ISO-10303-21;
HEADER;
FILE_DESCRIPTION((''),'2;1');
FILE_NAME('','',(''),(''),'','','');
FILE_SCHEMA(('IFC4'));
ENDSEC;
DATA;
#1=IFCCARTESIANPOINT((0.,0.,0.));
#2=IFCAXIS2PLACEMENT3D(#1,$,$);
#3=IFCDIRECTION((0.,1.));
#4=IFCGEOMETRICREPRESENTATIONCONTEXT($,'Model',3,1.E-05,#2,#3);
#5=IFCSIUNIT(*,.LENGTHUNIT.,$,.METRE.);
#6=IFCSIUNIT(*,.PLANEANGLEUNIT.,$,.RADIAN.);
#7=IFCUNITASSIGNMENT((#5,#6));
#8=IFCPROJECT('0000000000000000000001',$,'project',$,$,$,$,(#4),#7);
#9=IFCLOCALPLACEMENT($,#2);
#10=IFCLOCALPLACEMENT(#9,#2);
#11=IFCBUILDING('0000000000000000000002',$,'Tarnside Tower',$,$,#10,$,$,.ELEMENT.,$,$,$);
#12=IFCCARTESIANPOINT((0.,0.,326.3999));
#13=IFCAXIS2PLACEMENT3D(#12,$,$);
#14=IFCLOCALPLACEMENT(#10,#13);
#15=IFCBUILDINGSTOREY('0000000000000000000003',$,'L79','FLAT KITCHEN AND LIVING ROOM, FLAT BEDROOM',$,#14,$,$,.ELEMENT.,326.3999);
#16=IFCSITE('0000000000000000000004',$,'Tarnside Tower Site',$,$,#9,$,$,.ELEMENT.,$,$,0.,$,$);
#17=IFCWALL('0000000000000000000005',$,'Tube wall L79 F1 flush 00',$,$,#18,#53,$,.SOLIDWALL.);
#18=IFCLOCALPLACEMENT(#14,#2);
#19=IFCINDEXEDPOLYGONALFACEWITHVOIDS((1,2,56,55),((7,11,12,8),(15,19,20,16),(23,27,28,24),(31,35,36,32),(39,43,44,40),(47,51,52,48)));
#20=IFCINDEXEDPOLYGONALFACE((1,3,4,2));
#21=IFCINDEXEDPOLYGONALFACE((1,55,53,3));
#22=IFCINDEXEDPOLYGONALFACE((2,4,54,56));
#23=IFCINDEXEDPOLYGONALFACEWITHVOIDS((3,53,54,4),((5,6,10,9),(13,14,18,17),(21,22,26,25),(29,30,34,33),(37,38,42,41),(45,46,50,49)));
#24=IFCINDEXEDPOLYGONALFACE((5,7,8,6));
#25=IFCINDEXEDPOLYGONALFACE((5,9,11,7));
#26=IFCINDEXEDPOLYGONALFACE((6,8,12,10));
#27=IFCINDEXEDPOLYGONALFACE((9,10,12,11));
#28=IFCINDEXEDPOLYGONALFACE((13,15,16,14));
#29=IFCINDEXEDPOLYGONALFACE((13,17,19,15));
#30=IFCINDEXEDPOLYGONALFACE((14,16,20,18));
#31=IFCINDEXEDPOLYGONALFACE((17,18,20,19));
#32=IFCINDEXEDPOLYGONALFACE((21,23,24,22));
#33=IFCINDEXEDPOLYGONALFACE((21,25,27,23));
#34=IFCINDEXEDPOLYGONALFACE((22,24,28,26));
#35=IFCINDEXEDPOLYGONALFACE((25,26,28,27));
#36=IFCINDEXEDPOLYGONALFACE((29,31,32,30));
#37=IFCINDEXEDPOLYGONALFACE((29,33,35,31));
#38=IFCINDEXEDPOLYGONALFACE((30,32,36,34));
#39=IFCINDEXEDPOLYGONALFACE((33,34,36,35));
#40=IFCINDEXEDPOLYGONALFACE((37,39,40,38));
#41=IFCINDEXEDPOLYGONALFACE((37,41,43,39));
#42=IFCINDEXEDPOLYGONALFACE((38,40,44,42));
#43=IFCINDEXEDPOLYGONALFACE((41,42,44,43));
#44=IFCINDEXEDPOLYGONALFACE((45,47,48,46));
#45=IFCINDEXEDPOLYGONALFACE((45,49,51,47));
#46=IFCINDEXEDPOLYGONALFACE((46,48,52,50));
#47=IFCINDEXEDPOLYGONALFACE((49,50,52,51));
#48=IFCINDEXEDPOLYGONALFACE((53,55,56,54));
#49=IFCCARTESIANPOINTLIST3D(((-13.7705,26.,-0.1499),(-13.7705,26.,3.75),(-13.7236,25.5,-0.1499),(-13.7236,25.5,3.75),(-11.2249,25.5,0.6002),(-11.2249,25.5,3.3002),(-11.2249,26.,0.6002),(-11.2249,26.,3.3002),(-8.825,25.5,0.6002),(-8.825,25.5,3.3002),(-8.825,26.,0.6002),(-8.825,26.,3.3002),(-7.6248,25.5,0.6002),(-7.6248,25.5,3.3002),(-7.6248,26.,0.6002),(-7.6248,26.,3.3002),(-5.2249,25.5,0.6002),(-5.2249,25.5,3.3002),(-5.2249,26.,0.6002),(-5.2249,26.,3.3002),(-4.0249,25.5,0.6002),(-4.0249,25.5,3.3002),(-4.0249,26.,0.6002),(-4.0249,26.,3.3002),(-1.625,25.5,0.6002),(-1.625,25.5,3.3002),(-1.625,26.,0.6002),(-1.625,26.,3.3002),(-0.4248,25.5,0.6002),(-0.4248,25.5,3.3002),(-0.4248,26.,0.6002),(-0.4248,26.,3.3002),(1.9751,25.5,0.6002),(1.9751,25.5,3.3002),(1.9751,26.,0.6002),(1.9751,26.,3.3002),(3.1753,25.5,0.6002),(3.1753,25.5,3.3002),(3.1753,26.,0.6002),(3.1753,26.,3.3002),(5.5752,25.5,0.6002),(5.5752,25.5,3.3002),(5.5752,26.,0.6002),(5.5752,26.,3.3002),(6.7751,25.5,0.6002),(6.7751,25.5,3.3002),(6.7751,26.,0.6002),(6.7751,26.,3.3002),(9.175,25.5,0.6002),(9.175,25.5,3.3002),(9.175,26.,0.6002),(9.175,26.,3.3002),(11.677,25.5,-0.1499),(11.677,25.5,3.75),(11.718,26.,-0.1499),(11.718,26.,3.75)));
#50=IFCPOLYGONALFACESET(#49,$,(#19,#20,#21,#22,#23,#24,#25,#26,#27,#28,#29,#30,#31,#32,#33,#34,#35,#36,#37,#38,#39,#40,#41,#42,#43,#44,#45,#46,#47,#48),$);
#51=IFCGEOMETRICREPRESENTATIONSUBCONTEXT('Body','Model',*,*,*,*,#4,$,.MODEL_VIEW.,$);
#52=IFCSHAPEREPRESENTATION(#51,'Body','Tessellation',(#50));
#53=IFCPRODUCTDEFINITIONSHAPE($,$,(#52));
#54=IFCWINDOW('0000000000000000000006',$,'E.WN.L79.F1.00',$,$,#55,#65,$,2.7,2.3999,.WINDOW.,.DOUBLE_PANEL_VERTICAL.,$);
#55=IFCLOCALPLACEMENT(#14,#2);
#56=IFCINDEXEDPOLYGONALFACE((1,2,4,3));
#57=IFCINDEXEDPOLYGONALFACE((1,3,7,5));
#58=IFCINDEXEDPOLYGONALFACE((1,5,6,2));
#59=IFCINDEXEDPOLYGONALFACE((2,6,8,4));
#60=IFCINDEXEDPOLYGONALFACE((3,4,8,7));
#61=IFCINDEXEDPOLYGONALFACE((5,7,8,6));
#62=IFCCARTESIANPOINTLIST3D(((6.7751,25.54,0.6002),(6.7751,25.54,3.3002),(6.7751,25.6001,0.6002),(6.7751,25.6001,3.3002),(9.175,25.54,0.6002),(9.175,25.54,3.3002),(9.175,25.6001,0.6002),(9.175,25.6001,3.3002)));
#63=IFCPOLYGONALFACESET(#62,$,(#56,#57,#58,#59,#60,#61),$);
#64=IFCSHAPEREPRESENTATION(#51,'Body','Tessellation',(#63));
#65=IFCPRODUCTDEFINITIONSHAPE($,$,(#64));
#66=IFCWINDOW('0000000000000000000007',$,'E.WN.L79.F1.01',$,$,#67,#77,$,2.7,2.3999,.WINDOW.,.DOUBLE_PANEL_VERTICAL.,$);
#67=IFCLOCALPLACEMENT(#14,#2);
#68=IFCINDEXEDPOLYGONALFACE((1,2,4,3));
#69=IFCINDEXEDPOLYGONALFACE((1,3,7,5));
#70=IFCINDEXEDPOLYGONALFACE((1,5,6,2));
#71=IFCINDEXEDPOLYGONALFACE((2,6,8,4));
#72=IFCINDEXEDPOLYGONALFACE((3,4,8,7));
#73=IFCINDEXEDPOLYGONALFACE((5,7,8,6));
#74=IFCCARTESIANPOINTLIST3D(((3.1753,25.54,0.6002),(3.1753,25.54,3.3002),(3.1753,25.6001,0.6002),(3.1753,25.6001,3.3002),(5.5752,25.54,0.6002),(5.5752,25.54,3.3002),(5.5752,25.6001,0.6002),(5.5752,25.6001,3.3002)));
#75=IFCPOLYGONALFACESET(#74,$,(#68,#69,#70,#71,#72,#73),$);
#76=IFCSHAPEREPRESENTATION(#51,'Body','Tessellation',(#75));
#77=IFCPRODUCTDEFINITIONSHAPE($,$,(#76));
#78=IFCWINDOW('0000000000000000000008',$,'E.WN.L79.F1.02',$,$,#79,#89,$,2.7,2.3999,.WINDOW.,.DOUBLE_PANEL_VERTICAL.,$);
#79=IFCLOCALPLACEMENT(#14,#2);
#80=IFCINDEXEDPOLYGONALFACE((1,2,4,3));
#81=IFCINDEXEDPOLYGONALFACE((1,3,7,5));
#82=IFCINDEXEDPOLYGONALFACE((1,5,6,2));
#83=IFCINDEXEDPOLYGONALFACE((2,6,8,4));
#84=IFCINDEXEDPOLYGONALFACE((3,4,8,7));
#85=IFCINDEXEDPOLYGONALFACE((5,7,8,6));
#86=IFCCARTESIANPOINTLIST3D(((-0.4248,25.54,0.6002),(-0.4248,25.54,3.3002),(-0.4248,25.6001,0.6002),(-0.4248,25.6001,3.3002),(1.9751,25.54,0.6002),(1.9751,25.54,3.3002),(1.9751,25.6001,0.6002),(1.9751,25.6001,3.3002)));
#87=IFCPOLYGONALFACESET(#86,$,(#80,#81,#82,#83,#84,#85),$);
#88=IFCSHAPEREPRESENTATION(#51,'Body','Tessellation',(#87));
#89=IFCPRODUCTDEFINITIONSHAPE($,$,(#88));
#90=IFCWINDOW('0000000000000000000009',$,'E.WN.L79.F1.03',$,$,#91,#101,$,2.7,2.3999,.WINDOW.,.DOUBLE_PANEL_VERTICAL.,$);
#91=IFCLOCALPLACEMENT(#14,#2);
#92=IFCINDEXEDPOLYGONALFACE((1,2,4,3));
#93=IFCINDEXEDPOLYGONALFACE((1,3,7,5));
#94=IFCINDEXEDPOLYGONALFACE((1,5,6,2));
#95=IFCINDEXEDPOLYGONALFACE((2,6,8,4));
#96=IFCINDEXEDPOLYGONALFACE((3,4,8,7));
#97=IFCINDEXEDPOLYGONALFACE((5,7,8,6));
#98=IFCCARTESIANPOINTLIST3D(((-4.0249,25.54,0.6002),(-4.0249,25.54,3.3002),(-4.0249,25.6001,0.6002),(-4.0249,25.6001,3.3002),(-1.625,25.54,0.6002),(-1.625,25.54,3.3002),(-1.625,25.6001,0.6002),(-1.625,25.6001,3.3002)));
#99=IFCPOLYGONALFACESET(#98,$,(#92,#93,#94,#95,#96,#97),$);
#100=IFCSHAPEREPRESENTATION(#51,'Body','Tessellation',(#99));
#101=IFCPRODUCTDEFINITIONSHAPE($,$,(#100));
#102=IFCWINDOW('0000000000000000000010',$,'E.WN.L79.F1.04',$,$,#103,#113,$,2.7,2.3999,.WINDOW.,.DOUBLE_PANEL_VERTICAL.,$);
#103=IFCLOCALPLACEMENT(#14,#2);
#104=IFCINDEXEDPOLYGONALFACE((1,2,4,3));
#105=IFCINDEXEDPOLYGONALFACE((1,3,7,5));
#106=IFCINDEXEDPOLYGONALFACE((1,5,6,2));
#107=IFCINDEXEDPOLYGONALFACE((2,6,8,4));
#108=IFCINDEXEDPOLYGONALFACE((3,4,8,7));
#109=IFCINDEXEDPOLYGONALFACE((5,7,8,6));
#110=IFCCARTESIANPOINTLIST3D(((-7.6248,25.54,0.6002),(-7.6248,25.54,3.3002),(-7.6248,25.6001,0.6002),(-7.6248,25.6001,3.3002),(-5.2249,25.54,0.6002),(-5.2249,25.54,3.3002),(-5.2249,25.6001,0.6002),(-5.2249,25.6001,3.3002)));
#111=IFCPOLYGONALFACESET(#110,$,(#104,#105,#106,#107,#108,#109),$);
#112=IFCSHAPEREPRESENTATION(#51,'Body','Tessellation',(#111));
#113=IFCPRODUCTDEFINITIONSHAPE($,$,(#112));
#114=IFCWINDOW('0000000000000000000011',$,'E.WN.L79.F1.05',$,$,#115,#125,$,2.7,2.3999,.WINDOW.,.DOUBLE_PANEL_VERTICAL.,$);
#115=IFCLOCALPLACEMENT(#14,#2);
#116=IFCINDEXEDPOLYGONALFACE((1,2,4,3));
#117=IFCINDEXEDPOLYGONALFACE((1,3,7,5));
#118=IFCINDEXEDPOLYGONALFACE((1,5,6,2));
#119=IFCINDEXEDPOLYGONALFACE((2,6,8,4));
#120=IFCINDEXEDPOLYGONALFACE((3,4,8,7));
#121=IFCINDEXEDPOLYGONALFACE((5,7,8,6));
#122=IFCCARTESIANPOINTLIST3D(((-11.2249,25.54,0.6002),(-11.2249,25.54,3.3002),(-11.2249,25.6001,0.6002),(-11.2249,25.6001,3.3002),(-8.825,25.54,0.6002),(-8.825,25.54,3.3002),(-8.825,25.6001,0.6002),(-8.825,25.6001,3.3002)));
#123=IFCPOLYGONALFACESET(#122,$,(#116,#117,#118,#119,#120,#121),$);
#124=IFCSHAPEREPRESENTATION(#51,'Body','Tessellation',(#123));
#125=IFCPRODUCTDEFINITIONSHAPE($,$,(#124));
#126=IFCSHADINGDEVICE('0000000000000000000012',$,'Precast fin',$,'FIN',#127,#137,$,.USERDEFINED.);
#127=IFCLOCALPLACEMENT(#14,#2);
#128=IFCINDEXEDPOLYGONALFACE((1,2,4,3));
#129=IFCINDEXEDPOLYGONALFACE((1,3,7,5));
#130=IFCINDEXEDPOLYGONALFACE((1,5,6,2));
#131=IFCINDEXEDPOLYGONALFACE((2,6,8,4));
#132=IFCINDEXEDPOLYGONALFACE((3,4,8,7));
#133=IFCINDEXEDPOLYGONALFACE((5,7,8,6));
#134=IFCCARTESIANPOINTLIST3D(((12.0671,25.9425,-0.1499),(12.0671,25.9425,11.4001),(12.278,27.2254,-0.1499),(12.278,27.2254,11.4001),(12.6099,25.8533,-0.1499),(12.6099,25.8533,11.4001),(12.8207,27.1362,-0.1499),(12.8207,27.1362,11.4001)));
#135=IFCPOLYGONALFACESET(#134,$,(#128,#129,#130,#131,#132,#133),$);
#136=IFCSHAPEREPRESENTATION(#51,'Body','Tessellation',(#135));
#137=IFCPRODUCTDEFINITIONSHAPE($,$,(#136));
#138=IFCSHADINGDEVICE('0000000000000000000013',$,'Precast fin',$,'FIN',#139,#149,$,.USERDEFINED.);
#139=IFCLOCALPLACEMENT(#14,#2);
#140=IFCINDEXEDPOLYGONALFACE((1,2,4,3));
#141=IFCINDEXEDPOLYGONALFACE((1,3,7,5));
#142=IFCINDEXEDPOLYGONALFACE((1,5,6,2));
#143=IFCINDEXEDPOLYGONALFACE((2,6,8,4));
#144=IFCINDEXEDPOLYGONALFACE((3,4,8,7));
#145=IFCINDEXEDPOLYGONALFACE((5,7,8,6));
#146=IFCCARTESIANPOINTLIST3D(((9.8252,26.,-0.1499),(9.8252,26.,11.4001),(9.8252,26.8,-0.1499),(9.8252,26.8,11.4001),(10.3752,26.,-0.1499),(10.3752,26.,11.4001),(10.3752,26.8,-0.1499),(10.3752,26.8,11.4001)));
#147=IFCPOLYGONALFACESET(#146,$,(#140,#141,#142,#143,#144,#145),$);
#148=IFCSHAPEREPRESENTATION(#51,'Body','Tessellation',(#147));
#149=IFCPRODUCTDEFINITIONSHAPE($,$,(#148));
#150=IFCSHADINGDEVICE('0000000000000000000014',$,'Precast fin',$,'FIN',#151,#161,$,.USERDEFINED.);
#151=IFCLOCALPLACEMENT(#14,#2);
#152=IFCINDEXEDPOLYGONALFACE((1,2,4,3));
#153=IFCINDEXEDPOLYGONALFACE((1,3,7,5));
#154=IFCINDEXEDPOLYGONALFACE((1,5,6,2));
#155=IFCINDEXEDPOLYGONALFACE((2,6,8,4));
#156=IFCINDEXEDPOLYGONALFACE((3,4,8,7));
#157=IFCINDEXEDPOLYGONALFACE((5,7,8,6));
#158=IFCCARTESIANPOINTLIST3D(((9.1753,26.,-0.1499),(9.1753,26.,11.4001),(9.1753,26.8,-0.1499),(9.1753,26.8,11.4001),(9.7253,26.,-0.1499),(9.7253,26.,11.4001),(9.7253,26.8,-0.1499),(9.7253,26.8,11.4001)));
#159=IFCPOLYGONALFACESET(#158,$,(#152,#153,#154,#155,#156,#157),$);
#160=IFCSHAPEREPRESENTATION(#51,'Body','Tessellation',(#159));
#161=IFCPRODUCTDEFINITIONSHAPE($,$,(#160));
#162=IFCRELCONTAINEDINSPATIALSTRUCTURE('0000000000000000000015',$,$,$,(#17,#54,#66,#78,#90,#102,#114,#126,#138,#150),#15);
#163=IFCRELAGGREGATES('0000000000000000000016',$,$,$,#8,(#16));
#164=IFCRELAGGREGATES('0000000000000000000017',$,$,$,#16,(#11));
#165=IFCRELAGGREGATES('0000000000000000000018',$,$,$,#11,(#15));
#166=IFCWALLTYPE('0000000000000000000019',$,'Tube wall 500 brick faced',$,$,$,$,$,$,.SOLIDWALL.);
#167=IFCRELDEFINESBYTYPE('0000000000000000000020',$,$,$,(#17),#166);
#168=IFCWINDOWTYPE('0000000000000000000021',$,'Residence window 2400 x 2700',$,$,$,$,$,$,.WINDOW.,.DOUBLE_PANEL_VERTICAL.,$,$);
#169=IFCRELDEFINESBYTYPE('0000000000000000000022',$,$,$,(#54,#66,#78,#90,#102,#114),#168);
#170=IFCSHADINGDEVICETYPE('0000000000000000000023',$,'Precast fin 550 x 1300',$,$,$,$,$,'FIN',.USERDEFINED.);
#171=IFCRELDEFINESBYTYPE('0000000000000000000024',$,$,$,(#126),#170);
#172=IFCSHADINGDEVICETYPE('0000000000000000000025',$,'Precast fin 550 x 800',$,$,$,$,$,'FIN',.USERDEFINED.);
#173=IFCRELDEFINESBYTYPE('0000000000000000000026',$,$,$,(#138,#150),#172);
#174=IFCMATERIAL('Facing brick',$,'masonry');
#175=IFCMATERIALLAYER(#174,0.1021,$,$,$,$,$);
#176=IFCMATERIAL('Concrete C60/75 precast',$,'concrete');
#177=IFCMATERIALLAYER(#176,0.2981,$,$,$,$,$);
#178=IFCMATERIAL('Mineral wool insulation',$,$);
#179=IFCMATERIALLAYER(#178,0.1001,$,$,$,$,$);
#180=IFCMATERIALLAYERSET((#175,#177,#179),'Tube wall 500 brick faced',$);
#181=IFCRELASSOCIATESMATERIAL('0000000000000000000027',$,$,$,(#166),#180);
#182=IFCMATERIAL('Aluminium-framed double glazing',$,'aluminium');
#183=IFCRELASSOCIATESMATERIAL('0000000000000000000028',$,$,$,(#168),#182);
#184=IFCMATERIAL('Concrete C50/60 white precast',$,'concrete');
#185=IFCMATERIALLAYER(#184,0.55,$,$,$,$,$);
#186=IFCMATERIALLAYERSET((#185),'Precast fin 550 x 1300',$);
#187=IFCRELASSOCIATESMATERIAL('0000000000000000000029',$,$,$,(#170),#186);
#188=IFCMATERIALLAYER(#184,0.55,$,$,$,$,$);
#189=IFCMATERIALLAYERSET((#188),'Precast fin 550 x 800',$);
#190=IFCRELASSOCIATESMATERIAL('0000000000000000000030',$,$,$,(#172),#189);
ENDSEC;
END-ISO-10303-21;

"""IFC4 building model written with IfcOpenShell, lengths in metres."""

from ifc_helpers import new_model, si_unit, direction, frame, frame_2d, origin, place, context, subcontext, project, spatial, polyline, rectangle, outline, extrude, material, layer, layer_set, type_object, element, fill, save


model = new_model("IFC4")

# Units and contexts
model_context = context("Model", 3, precision=1e-05, world=origin(), true_north=direction((0.0, 1.0)))
body_context = subcontext(model_context, "Body", "Model", "MODEL_VIEW")
ifc_project = project(units=[si_unit("LENGTHUNIT", "METRE"), si_unit("PLANEANGLEUNIT", "RADIAN")], contexts=[model_context])

# Site, building, storey
site_placement = place(None, origin())
site = spatial("IfcSite", under=ifc_project, at=site_placement, Name="Tarnside Tower Site", CompositionType="ELEMENT", RefElevation=0.0)
building_placement = place(site_placement, origin())
building = spatial("IfcBuilding", under=site, at=building_placement, Name="Tarnside Tower", CompositionType="ELEMENT")
storey_placement = place(building_placement, frame((0.0, 0.0, 326.3999)))
storey = spatial("IfcBuildingStorey", under=building, at=storey_placement, Name="L79", Description="FLAT KITCHEN AND LIVING ROOM, FLAT BEDROOM", CompositionType="ELEMENT", Elevation=326.3999)

# Wall, openings, windows
ifc_material_1 = material(Name="Facing brick", Category="masonry")
ifc_layer_1 = layer(ifc_material_1, 0.1021)
ifc_material_2 = material(Name="Concrete C60/75 precast", Category="concrete")
ifc_layer_2 = layer(ifc_material_2, 0.2981)
ifc_material_3 = material(Name="Mineral wool insulation")
ifc_layer_3 = layer(ifc_material_3, 0.1001)
ifc_layer_set_1 = layer_set([ifc_layer_1, ifc_layer_2, ifc_layer_3], Name="Tube wall 500 brick faced")
wall_type_1 = type_object("IfcWallType", Name="Tube wall 500 brick faced", PredefinedType="SOLIDWALL", material=ifc_layer_set_1)
wall_1_placement = place(storey_placement, frame((11.6975, 25.75, -0.1499), z_axis=(0.0, 0.0, 1.0), x_axis=(-1.0, 0.0, 0.0)))
wall_1 = element("IfcWall", 1, at=wall_1_placement, inside=storey, type_object=wall_type_1, Name="Tube wall L79 F1 flush 00", PredefinedType="SOLIDWALL", context=body_context, shape_type="SweptSolid", body=[
    extrude(outline(polyline([(-0.0205, -0.25), (25.468, -0.25), (25.4211, 0.25), (0.0205, 0.25), (-0.0205, -0.25)])), origin(), (0.0, 0.0, 1.0), 3.8999),
])
opening_1_placement = place(wall_1_placement, frame((2.5225, 0.0, 0.75)))
opening_1 = element("IfcOpeningElement", 2, at=opening_1_placement, cuts=wall_1, PredefinedType="OPENING", context=body_context, shape_type="SweptSolid", body=[
    extrude(rectangle(XDim=2.3999, YDim=2.7, at=frame_2d((1.2, 1.3501))), frame((0.0, 0.26, 0.0), z_axis=(0.0, -1.0, 0.0), x_axis=(1.0, 0.0, 0.0)), (0.0, 0.0, 1.0), 0.52),
])
opening_2_placement = place(wall_1_placement, frame((6.1223, 0.0, 0.75)))
opening_2 = element("IfcOpeningElement", 3, at=opening_2_placement, cuts=wall_1, PredefinedType="OPENING", context=body_context, shape_type="SweptSolid", body=[
    extrude(rectangle(XDim=2.3999, YDim=2.7, at=frame_2d((1.2, 1.3501))), frame((0.0, 0.26, 0.0), z_axis=(0.0, -1.0, 0.0), x_axis=(1.0, 0.0, 0.0)), (0.0, 0.0, 1.0), 0.52),
])
opening_3_placement = place(wall_1_placement, frame((9.7224, 0.0, 0.75)))
opening_3 = element("IfcOpeningElement", 4, at=opening_3_placement, cuts=wall_1, PredefinedType="OPENING", context=body_context, shape_type="SweptSolid", body=[
    extrude(rectangle(XDim=2.3999, YDim=2.7, at=frame_2d((1.2, 1.3501))), frame((0.0, 0.26, 0.0), z_axis=(0.0, -1.0, 0.0), x_axis=(1.0, 0.0, 0.0)), (0.0, 0.0, 1.0), 0.52),
])
opening_4_placement = place(wall_1_placement, frame((13.3225, 0.0, 0.75)))
opening_4 = element("IfcOpeningElement", 5, at=opening_4_placement, cuts=wall_1, PredefinedType="OPENING", context=body_context, shape_type="SweptSolid", body=[
    extrude(rectangle(XDim=2.3999, YDim=2.7, at=frame_2d((1.2, 1.3501))), frame((0.0, 0.26, 0.0), z_axis=(0.0, -1.0, 0.0), x_axis=(1.0, 0.0, 0.0)), (0.0, 0.0, 1.0), 0.52),
])
opening_5_placement = place(wall_1_placement, frame((16.9224, 0.0, 0.75)))
opening_5 = element("IfcOpeningElement", 6, at=opening_5_placement, cuts=wall_1, PredefinedType="OPENING", context=body_context, shape_type="SweptSolid", body=[
    extrude(rectangle(XDim=2.3999, YDim=2.7, at=frame_2d((1.2, 1.3501))), frame((0.0, 0.26, 0.0), z_axis=(0.0, -1.0, 0.0), x_axis=(1.0, 0.0, 0.0)), (0.0, 0.0, 1.0), 0.52),
])
opening_6_placement = place(wall_1_placement, frame((20.5225, 0.0, 0.75)))
opening_6 = element("IfcOpeningElement", 7, at=opening_6_placement, cuts=wall_1, PredefinedType="OPENING", context=body_context, shape_type="SweptSolid", body=[
    extrude(rectangle(XDim=2.3999, YDim=2.7, at=frame_2d((1.2, 1.3501))), frame((0.0, 0.26, 0.0), z_axis=(0.0, -1.0, 0.0), x_axis=(1.0, 0.0, 0.0)), (0.0, 0.0, 1.0), 0.52),
])
ifc_material_4 = material(Name="Aluminium-framed double glazing", Category="aluminium")
window_type = type_object("IfcWindowType", Name="Residence window 2400 x 2700", PartitioningType="DOUBLE_PANEL_VERTICAL", PredefinedType="WINDOW", material=ifc_material_4)
window_1_placement = place(opening_1_placement, frame((0.0, 0.1799, 0.0)))
window_1 = element("IfcWindow", 8, at=window_1_placement, inside=storey, type_object=window_type, Name="E.WN.L79.F1.00", OverallHeight=2.7, OverallWidth=2.3999, PartitioningType="DOUBLE_PANEL_VERTICAL", PredefinedType="WINDOW", context=body_context, shape_type="SweptSolid", body=[
    extrude(rectangle(XDim=2.3999, YDim=2.7, at=frame_2d((1.2, 1.3501))), frame((0.0, 0.03, 0.0), z_axis=(0.0, -1.0, 0.0), x_axis=(1.0, 0.0, 0.0)), (0.0, 0.0, 1.0), 0.0601),
])
fill(opening_1, window_1)
window_2_placement = place(opening_2_placement, frame((0.0, 0.1799, 0.0)))
window_2 = element("IfcWindow", 9, at=window_2_placement, inside=storey, type_object=window_type, Name="E.WN.L79.F1.01", OverallHeight=2.7, OverallWidth=2.3999, PartitioningType="DOUBLE_PANEL_VERTICAL", PredefinedType="WINDOW", context=body_context, shape_type="SweptSolid", body=[
    extrude(rectangle(XDim=2.3999, YDim=2.7, at=frame_2d((1.2, 1.3501))), frame((0.0, 0.03, 0.0), z_axis=(0.0, -1.0, 0.0), x_axis=(1.0, 0.0, 0.0)), (0.0, 0.0, 1.0), 0.0601),
])
fill(opening_2, window_2)
window_3_placement = place(opening_3_placement, frame((0.0, 0.1799, 0.0)))
window_3 = element("IfcWindow", 10, at=window_3_placement, inside=storey, type_object=window_type, Name="E.WN.L79.F1.02", OverallHeight=2.7, OverallWidth=2.3999, PartitioningType="DOUBLE_PANEL_VERTICAL", PredefinedType="WINDOW", context=body_context, shape_type="SweptSolid", body=[
    extrude(rectangle(XDim=2.3999, YDim=2.7, at=frame_2d((1.2, 1.3501))), frame((0.0, 0.03, 0.0), z_axis=(0.0, -1.0, 0.0), x_axis=(1.0, 0.0, 0.0)), (0.0, 0.0, 1.0), 0.0601),
])
fill(opening_3, window_3)
window_4_placement = place(opening_4_placement, frame((0.0, 0.1799, 0.0)))
window_4 = element("IfcWindow", 11, at=window_4_placement, inside=storey, type_object=window_type, Name="E.WN.L79.F1.03", OverallHeight=2.7, OverallWidth=2.3999, PartitioningType="DOUBLE_PANEL_VERTICAL", PredefinedType="WINDOW", context=body_context, shape_type="SweptSolid", body=[
    extrude(rectangle(XDim=2.3999, YDim=2.7, at=frame_2d((1.2, 1.3501))), frame((0.0, 0.03, 0.0), z_axis=(0.0, -1.0, 0.0), x_axis=(1.0, 0.0, 0.0)), (0.0, 0.0, 1.0), 0.0601),
])
fill(opening_4, window_4)
window_5_placement = place(opening_5_placement, frame((0.0, 0.1799, 0.0)))
window_5 = element("IfcWindow", 12, at=window_5_placement, inside=storey, type_object=window_type, Name="E.WN.L79.F1.04", OverallHeight=2.7, OverallWidth=2.3999, PartitioningType="DOUBLE_PANEL_VERTICAL", PredefinedType="WINDOW", context=body_context, shape_type="SweptSolid", body=[
    extrude(rectangle(XDim=2.3999, YDim=2.7, at=frame_2d((1.2, 1.3501))), frame((0.0, 0.03, 0.0), z_axis=(0.0, -1.0, 0.0), x_axis=(1.0, 0.0, 0.0)), (0.0, 0.0, 1.0), 0.0601),
])
fill(opening_5, window_5)
window_6_placement = place(opening_6_placement, frame((0.0, 0.1799, 0.0)))
window_6 = element("IfcWindow", 13, at=window_6_placement, inside=storey, type_object=window_type, Name="E.WN.L79.F1.05", OverallHeight=2.7, OverallWidth=2.3999, PartitioningType="DOUBLE_PANEL_VERTICAL", PredefinedType="WINDOW", context=body_context, shape_type="SweptSolid", body=[
    extrude(rectangle(XDim=2.3999, YDim=2.7, at=frame_2d((1.2, 1.3501))), frame((0.0, 0.03, 0.0), z_axis=(0.0, -1.0, 0.0), x_axis=(1.0, 0.0, 0.0)), (0.0, 0.0, 1.0), 0.0601),
])
fill(opening_6, window_6)

# Shading devices
ifc_material_5 = material(Name="Concrete C50/60 white precast", Category="concrete")
ifc_layer_4 = layer(ifc_material_5, 0.55)
ifc_layer_set_2 = layer_set([ifc_layer_4], Name="Precast fin 550 x 1300")
shading_device_type_1 = type_object("IfcShadingDeviceType", Name="Precast fin 550 x 1300", ElementType="FIN", PredefinedType="USERDEFINED", material=ifc_layer_set_2)
shading_device_placement = place(storey_placement, frame((12.3384, 25.8979, -0.1499), z_axis=(0.986762, -0.162178, 0.0), x_axis=(0.162178, 0.986762, 0.0)))
element("IfcShadingDevice", 14, at=shading_device_placement, inside=storey, type_object=shading_device_type_1, Name="Precast fin", ObjectType="FIN", PredefinedType="USERDEFINED", context=body_context, shape_type="SweptSolid", body=[
    extrude(outline(polyline([(0.0, 0.0), (1.3, 0.0), (1.3, 11.55), (0.0, 11.55), (0.0, 0.0)])), frame((0.0, 0.0, -0.2749)), (0.0, 0.0, 1.0), 0.55),
])
ifc_layer_5 = layer(ifc_material_5, 0.55)
ifc_layer_set_3 = layer_set([ifc_layer_5], Name="Precast fin 550 x 800")
shading_device_type_2 = type_object("IfcShadingDeviceType", Name="Precast fin 550 x 800", ElementType="FIN", PredefinedType="USERDEFINED", material=ifc_layer_set_3)
for number, where, z_axis, x_axis, name in (
    (15, (10.1001, 26.0, -0.1499), (1.0, 0.0, 0.0), (0.0, 1.0, 0.0), "Precast fin"),
    (16, (9.4502, 26.0, -0.1499), (1.0, 0.0, 0.0), (0.0, 1.0, 0.0), "Precast fin"),
):
    element("IfcShadingDevice", number, at=place(storey_placement, frame(where, z_axis=z_axis, x_axis=x_axis)), inside=storey, type_object=shading_device_type_2, Name=name, ObjectType="FIN", PredefinedType="USERDEFINED", context=body_context, shape_type="SweptSolid", body=[
        extrude(outline(polyline([(0.0, 0.0), (0.8, 0.0), (0.8, 11.55), (0.0, 11.55), (0.0, 0.0)])), frame((0.0, 0.0, -0.2749)), (0.0, 0.0, 1.0), 0.55),
    ])

save(model, "model.ifc")
